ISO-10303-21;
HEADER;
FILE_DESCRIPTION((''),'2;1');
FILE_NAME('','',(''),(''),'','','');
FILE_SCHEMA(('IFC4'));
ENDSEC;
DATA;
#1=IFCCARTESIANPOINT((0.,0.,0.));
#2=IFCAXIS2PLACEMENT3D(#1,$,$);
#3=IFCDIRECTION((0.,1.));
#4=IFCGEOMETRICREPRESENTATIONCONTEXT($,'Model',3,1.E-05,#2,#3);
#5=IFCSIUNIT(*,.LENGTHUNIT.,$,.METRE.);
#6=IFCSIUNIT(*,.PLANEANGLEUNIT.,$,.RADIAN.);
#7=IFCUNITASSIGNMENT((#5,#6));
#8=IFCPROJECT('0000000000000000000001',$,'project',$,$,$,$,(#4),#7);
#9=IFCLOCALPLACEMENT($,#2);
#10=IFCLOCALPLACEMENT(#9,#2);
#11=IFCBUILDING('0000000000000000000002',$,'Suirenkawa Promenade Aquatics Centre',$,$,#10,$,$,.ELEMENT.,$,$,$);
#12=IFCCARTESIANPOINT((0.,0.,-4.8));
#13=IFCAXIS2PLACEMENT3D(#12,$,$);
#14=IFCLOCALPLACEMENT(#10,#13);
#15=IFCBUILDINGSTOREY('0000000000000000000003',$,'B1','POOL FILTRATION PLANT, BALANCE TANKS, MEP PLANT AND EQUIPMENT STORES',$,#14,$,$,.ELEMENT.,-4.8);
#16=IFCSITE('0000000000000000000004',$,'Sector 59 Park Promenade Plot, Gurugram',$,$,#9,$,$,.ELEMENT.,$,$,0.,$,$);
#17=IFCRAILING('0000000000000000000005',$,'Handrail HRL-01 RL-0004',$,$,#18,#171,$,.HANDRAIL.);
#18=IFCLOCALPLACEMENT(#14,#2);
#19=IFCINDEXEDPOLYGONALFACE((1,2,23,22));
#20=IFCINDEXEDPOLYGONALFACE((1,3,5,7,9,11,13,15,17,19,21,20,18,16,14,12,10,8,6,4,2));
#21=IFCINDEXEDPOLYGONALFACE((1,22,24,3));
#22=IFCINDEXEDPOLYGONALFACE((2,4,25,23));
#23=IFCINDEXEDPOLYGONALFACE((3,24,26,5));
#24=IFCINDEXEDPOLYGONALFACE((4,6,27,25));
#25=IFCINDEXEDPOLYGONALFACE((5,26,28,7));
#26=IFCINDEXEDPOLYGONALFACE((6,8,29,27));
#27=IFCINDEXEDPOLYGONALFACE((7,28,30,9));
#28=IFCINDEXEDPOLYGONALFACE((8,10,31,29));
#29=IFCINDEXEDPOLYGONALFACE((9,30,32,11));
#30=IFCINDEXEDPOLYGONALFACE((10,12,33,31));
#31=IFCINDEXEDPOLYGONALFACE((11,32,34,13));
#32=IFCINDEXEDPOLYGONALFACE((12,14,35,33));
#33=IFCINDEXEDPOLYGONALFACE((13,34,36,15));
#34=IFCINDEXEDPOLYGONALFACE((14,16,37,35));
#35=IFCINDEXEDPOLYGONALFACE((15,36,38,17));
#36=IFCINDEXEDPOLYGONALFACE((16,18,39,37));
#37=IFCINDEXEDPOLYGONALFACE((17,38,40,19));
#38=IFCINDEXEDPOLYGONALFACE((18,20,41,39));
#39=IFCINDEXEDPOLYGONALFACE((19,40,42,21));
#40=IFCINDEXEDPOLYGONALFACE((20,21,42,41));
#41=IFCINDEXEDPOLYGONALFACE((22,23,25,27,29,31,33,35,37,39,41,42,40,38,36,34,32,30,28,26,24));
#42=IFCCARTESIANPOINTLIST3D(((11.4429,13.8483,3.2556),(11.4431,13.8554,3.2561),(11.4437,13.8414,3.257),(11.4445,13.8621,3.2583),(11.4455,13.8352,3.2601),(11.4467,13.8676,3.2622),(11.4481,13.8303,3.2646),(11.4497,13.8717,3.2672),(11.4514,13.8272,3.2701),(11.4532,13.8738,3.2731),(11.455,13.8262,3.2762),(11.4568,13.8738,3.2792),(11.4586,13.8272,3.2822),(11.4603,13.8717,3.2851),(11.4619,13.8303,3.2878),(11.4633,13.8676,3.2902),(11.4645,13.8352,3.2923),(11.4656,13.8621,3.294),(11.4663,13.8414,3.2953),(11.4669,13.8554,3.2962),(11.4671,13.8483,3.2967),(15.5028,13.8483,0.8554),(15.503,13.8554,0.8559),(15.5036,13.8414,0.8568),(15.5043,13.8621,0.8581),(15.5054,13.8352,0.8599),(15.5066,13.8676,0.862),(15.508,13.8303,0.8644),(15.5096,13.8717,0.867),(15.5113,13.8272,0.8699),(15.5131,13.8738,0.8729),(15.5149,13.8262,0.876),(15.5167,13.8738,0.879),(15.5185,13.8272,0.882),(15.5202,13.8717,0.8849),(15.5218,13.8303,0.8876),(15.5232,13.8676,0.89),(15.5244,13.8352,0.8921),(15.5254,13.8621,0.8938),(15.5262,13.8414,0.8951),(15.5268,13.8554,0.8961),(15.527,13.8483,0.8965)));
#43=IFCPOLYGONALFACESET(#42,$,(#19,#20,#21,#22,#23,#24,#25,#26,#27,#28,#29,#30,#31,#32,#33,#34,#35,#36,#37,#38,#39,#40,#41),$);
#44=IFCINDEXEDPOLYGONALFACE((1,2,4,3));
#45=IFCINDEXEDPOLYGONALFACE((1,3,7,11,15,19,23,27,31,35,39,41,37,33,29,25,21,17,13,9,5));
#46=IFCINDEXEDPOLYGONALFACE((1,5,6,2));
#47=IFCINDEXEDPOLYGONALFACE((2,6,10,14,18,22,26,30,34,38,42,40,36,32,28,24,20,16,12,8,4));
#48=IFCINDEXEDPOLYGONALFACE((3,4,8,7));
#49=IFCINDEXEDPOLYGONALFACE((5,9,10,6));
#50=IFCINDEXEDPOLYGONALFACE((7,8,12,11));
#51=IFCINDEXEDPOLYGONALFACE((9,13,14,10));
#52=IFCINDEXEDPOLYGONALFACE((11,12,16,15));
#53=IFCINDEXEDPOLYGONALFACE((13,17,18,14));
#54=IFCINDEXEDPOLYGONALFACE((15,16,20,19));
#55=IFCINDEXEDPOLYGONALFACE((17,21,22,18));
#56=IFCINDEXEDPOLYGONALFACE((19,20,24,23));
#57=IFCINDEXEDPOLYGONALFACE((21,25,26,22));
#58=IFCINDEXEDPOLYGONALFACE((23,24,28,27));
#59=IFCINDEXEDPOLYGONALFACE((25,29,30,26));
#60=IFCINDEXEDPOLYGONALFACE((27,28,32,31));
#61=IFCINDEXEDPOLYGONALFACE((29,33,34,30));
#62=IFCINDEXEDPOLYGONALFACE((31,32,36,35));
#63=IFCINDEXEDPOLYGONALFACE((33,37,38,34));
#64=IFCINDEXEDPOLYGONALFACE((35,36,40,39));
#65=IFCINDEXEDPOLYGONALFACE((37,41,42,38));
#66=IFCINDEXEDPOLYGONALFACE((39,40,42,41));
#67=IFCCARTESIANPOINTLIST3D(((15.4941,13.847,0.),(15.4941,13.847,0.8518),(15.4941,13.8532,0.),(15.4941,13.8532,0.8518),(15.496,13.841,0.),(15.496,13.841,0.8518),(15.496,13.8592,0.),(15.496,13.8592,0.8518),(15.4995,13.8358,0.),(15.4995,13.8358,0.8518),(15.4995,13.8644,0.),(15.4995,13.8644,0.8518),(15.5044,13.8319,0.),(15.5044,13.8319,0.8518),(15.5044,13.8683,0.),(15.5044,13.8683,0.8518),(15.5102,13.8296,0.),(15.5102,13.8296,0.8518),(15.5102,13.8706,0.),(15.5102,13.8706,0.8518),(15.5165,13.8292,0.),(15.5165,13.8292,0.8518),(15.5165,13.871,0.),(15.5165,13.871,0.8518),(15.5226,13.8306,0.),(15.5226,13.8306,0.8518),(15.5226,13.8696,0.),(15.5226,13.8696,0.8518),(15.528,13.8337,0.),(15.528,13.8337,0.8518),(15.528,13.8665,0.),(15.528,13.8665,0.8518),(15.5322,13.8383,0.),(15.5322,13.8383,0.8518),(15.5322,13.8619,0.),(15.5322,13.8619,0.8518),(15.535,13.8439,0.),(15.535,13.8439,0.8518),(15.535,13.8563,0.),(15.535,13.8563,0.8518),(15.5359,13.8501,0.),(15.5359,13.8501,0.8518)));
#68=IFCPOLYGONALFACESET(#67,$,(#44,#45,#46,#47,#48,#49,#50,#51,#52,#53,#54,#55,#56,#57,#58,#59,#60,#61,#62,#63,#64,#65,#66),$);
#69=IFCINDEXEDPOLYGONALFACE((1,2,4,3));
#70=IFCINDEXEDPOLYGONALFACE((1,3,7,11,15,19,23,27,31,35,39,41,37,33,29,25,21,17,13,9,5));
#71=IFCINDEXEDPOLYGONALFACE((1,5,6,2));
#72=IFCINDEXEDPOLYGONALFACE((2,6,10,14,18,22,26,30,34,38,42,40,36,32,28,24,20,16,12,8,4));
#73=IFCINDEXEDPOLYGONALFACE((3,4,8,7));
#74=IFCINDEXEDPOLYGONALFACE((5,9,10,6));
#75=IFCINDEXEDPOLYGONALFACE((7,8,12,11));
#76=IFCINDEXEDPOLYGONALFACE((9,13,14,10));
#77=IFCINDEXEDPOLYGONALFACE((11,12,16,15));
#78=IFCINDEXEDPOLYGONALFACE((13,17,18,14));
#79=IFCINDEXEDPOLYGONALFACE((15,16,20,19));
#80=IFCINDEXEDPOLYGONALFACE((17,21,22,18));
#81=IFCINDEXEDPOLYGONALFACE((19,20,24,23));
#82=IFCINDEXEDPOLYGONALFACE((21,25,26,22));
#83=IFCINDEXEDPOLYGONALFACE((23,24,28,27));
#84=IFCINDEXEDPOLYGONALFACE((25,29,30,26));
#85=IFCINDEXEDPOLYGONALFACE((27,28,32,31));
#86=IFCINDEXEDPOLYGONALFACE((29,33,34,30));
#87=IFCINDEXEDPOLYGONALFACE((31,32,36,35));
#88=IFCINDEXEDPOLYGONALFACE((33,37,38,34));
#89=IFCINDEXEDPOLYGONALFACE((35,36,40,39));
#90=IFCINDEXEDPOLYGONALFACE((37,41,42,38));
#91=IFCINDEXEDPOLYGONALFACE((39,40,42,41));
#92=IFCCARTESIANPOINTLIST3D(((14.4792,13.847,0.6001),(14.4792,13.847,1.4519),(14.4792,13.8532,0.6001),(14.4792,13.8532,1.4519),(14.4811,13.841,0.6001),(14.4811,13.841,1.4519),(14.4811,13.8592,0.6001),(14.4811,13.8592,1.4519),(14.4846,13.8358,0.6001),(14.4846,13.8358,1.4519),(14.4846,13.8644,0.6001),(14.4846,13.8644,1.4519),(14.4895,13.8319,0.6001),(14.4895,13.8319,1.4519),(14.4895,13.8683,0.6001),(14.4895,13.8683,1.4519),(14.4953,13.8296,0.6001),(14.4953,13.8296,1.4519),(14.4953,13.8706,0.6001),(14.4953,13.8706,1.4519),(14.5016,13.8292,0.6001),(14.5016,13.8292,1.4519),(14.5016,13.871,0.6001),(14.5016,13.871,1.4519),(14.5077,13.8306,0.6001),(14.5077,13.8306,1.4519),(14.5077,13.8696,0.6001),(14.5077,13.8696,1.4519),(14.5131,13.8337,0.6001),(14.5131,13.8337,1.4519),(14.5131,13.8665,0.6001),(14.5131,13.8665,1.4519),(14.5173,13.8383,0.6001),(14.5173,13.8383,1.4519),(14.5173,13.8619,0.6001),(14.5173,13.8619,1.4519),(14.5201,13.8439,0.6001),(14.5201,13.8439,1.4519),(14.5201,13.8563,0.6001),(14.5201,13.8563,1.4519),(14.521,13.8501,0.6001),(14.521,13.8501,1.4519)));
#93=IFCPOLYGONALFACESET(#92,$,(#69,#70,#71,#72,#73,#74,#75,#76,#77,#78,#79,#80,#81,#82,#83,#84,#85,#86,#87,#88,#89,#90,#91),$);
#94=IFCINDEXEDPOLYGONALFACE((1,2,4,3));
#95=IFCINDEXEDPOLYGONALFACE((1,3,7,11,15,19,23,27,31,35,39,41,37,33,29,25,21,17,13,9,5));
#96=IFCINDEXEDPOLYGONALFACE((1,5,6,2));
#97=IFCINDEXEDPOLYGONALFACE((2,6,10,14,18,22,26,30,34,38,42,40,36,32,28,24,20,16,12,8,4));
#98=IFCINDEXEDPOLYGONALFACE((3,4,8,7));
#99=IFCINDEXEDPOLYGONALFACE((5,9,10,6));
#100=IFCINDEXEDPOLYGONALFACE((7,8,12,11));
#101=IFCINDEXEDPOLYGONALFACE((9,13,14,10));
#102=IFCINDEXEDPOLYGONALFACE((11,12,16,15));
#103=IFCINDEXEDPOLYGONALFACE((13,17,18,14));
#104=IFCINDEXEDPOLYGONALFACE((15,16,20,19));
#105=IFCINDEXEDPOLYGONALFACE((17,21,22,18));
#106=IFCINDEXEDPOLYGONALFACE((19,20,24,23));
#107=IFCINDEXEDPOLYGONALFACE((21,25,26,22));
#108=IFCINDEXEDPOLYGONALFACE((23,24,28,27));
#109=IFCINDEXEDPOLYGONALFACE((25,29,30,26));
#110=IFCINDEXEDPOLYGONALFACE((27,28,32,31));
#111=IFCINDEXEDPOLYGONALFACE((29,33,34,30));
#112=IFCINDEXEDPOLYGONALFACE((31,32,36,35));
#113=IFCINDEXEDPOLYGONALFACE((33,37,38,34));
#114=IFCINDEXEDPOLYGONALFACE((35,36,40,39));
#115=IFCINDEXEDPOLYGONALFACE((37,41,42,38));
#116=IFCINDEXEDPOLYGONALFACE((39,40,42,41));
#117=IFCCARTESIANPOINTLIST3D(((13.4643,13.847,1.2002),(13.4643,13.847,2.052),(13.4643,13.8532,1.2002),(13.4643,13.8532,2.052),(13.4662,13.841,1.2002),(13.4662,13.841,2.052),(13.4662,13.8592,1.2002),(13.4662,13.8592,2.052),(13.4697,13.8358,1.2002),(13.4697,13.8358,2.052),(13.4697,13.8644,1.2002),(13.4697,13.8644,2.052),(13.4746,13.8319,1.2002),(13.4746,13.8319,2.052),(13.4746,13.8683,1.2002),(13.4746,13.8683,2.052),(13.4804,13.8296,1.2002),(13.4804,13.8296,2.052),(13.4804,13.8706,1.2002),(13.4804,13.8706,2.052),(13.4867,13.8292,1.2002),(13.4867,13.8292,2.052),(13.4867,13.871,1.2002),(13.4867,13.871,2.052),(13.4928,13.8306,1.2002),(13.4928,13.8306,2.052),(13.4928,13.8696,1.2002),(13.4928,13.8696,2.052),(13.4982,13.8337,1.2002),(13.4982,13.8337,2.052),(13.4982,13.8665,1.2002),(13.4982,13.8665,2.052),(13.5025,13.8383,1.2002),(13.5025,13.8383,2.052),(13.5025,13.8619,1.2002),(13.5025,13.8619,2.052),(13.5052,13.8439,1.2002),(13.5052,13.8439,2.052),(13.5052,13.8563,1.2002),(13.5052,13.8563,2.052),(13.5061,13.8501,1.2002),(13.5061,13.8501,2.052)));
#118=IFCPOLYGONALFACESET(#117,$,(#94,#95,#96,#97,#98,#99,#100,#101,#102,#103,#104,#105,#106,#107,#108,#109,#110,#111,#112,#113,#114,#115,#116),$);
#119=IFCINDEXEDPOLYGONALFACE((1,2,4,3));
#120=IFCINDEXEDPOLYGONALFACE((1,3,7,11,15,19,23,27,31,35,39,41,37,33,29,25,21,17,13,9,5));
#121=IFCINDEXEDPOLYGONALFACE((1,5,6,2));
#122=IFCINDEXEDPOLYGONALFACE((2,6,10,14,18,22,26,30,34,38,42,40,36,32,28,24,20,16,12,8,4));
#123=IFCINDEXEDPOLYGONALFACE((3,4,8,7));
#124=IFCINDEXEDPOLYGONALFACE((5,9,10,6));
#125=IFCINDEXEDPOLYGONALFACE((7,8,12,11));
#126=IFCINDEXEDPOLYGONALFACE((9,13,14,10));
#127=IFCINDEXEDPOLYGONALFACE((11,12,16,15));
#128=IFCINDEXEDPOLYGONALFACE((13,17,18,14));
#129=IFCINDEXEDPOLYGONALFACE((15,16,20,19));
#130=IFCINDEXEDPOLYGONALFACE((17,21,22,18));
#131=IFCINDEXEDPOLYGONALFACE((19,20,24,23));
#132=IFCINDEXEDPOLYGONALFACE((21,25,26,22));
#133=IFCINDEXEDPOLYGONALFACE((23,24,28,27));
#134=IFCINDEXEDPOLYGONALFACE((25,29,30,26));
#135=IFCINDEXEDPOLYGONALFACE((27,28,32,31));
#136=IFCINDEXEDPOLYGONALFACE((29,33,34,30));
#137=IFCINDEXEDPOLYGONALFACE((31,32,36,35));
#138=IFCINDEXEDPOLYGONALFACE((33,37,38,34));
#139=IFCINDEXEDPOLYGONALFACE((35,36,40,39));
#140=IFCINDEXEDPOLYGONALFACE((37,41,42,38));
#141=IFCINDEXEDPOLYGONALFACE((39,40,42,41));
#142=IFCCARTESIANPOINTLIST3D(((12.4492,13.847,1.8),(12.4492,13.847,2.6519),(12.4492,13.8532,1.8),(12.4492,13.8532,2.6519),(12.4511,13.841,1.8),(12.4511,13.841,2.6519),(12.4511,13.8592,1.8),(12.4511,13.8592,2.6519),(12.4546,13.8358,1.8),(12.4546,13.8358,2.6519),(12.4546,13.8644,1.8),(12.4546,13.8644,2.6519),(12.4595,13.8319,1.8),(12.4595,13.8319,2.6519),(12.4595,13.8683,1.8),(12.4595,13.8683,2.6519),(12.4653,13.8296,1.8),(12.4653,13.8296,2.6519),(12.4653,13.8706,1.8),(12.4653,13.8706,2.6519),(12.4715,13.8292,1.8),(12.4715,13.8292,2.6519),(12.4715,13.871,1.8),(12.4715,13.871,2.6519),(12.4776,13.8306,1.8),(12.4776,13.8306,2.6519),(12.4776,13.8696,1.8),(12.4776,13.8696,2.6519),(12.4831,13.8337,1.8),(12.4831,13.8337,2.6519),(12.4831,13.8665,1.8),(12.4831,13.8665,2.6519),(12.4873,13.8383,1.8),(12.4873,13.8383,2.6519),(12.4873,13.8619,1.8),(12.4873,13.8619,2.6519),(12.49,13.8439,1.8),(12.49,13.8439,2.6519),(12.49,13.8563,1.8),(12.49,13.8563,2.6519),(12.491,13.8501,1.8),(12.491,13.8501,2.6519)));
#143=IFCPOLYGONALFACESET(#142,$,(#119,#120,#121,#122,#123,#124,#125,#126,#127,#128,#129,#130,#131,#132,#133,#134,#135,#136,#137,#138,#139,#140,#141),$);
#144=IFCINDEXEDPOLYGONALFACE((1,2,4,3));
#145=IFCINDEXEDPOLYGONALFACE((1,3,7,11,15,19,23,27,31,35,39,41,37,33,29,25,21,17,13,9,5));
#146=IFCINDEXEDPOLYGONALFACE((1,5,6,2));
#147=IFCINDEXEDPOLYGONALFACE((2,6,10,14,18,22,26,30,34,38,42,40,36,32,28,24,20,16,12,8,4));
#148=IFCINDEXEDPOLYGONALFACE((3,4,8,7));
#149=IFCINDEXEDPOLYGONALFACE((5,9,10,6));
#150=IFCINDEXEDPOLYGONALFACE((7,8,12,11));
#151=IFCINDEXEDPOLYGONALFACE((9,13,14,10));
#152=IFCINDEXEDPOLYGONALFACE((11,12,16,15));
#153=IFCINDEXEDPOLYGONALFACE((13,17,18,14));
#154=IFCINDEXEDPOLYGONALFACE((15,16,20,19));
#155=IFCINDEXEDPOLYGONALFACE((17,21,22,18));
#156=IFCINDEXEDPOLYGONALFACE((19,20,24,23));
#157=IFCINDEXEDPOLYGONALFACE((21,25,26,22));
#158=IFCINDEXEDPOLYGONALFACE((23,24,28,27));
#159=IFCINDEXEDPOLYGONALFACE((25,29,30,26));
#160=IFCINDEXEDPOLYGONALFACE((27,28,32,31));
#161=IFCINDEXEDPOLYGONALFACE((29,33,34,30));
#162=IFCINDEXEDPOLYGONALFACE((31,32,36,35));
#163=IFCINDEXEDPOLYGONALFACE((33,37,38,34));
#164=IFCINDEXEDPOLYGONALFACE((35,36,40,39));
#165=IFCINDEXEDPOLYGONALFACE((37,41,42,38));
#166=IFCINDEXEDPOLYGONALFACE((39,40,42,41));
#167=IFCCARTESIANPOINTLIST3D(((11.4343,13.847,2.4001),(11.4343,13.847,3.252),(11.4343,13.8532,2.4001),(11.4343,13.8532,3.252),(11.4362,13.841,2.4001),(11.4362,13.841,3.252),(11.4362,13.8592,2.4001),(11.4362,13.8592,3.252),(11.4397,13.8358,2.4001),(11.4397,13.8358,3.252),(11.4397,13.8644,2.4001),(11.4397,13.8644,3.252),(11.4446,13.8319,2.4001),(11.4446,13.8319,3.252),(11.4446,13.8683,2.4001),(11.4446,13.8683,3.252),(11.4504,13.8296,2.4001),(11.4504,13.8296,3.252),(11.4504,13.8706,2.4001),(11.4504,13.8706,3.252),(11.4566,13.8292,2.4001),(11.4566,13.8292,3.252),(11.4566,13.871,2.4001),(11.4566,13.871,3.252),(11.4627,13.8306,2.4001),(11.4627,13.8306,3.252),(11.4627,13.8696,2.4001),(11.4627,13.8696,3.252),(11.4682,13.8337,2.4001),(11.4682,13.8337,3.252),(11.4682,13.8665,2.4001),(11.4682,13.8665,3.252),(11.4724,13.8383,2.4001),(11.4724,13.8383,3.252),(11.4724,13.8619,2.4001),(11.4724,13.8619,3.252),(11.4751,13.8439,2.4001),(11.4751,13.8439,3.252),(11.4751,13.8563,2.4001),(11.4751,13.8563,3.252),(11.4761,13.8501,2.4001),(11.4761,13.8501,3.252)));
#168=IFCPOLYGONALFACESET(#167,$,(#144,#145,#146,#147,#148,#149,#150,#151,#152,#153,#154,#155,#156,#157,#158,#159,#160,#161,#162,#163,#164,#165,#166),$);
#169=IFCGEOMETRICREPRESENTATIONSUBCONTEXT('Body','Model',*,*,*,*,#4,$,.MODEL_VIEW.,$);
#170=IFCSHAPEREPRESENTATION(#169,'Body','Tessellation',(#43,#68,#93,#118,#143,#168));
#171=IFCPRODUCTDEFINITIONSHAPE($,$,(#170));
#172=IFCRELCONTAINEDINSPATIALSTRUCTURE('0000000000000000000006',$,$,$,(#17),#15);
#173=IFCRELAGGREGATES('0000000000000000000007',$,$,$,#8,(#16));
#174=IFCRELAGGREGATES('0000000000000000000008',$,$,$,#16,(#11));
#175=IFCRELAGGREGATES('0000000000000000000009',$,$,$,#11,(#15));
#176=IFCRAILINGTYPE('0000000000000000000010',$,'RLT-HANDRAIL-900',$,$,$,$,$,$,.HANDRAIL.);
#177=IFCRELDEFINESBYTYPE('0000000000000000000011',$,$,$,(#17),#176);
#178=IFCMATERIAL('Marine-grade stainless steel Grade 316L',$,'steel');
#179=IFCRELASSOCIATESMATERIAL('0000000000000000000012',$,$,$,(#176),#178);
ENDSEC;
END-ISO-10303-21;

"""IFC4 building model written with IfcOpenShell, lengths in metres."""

from ifc_helpers import new_model, si_unit, direction, frame, origin, origin_2d, place, context, subcontext, project, spatial, circle, extrude, material, type_object, element, save


model = new_model("IFC4")

# Units and contexts
model_context = context("Model", 3, precision=1e-05, world=origin(), true_north=direction((0.0, 1.0)))
body_context = subcontext(model_context, "Body", "Model", "MODEL_VIEW")
ifc_project = project(units=[si_unit("LENGTHUNIT", "METRE"), si_unit("PLANEANGLEUNIT", "RADIAN")], contexts=[model_context])

# Site, building, storey
site_placement = place(None, origin())
site = spatial("IfcSite", under=ifc_project, at=site_placement, Name="Sector 59 Park Promenade Plot, Gurugram", CompositionType="ELEMENT", RefElevation=0.0)
building_placement = place(site_placement, origin())
building = spatial("IfcBuilding", under=site, at=building_placement, Name="Suirenkawa Promenade Aquatics Centre", CompositionType="ELEMENT")
storey_placement = place(building_placement, frame((0.0, 0.0, -4.8)))
storey = spatial("IfcBuildingStorey", under=building, at=storey_placement, Name="B1", Description="POOL FILTRATION PLANT, BALANCE TANKS, MEP PLANT AND EQUIPMENT STORES", CompositionType="ELEMENT", Elevation=-4.8)

# Railing
ifc_material_1 = material(Name="Marine-grade stainless steel Grade 316L", Category="steel")
railing_type_1 = type_object("IfcRailingType", Name="RLT-HANDRAIL-900", PredefinedType="HANDRAIL", material=ifc_material_1)
for number, where, name in (
    (1, (15.5149, 13.8501, 0.0), "Handrail HRL-01 RL-0004"),
):
    element("IfcRailing", number, at=place(storey_placement, frame(where)), inside=storey, type_object=railing_type_1, Name=name, PredefinedType="HANDRAIL", context=body_context, shape_type="SweptSolid", body=[
        extrude(circle(Radius=0.0239, at=origin_2d()), frame((0.0, 0.0, 0.876), z_axis=(-0.860818, 0.0, 0.508912), x_axis=(0.0, -1.0, 0.0)), (0.0, 0.0, 1.0), 4.7163),
        extrude(circle(Radius=0.021, at=origin_2d()), origin(), (0.0, 0.0, 1.0), 0.8518),
        extrude(circle(Radius=0.021, at=origin_2d()), frame((-1.0149, 0.0, 0.6001)), (0.0, 0.0, 1.0), 0.8518),
        extrude(circle(Radius=0.021, at=origin_2d()), frame((-2.0298, 0.0, 1.2002)), (0.0, 0.0, 1.0), 0.8518),
        extrude(circle(Radius=0.021, at=origin_2d()), frame((-3.0449, 0.0, 1.8)), (0.0, 0.0, 1.0), 0.8518),
        extrude(circle(Radius=0.021, at=origin_2d()), frame((-4.0598, 0.0, 2.4001)), (0.0, 0.0, 1.0), 0.8518),
    ])

save(model, "model.ifc")
